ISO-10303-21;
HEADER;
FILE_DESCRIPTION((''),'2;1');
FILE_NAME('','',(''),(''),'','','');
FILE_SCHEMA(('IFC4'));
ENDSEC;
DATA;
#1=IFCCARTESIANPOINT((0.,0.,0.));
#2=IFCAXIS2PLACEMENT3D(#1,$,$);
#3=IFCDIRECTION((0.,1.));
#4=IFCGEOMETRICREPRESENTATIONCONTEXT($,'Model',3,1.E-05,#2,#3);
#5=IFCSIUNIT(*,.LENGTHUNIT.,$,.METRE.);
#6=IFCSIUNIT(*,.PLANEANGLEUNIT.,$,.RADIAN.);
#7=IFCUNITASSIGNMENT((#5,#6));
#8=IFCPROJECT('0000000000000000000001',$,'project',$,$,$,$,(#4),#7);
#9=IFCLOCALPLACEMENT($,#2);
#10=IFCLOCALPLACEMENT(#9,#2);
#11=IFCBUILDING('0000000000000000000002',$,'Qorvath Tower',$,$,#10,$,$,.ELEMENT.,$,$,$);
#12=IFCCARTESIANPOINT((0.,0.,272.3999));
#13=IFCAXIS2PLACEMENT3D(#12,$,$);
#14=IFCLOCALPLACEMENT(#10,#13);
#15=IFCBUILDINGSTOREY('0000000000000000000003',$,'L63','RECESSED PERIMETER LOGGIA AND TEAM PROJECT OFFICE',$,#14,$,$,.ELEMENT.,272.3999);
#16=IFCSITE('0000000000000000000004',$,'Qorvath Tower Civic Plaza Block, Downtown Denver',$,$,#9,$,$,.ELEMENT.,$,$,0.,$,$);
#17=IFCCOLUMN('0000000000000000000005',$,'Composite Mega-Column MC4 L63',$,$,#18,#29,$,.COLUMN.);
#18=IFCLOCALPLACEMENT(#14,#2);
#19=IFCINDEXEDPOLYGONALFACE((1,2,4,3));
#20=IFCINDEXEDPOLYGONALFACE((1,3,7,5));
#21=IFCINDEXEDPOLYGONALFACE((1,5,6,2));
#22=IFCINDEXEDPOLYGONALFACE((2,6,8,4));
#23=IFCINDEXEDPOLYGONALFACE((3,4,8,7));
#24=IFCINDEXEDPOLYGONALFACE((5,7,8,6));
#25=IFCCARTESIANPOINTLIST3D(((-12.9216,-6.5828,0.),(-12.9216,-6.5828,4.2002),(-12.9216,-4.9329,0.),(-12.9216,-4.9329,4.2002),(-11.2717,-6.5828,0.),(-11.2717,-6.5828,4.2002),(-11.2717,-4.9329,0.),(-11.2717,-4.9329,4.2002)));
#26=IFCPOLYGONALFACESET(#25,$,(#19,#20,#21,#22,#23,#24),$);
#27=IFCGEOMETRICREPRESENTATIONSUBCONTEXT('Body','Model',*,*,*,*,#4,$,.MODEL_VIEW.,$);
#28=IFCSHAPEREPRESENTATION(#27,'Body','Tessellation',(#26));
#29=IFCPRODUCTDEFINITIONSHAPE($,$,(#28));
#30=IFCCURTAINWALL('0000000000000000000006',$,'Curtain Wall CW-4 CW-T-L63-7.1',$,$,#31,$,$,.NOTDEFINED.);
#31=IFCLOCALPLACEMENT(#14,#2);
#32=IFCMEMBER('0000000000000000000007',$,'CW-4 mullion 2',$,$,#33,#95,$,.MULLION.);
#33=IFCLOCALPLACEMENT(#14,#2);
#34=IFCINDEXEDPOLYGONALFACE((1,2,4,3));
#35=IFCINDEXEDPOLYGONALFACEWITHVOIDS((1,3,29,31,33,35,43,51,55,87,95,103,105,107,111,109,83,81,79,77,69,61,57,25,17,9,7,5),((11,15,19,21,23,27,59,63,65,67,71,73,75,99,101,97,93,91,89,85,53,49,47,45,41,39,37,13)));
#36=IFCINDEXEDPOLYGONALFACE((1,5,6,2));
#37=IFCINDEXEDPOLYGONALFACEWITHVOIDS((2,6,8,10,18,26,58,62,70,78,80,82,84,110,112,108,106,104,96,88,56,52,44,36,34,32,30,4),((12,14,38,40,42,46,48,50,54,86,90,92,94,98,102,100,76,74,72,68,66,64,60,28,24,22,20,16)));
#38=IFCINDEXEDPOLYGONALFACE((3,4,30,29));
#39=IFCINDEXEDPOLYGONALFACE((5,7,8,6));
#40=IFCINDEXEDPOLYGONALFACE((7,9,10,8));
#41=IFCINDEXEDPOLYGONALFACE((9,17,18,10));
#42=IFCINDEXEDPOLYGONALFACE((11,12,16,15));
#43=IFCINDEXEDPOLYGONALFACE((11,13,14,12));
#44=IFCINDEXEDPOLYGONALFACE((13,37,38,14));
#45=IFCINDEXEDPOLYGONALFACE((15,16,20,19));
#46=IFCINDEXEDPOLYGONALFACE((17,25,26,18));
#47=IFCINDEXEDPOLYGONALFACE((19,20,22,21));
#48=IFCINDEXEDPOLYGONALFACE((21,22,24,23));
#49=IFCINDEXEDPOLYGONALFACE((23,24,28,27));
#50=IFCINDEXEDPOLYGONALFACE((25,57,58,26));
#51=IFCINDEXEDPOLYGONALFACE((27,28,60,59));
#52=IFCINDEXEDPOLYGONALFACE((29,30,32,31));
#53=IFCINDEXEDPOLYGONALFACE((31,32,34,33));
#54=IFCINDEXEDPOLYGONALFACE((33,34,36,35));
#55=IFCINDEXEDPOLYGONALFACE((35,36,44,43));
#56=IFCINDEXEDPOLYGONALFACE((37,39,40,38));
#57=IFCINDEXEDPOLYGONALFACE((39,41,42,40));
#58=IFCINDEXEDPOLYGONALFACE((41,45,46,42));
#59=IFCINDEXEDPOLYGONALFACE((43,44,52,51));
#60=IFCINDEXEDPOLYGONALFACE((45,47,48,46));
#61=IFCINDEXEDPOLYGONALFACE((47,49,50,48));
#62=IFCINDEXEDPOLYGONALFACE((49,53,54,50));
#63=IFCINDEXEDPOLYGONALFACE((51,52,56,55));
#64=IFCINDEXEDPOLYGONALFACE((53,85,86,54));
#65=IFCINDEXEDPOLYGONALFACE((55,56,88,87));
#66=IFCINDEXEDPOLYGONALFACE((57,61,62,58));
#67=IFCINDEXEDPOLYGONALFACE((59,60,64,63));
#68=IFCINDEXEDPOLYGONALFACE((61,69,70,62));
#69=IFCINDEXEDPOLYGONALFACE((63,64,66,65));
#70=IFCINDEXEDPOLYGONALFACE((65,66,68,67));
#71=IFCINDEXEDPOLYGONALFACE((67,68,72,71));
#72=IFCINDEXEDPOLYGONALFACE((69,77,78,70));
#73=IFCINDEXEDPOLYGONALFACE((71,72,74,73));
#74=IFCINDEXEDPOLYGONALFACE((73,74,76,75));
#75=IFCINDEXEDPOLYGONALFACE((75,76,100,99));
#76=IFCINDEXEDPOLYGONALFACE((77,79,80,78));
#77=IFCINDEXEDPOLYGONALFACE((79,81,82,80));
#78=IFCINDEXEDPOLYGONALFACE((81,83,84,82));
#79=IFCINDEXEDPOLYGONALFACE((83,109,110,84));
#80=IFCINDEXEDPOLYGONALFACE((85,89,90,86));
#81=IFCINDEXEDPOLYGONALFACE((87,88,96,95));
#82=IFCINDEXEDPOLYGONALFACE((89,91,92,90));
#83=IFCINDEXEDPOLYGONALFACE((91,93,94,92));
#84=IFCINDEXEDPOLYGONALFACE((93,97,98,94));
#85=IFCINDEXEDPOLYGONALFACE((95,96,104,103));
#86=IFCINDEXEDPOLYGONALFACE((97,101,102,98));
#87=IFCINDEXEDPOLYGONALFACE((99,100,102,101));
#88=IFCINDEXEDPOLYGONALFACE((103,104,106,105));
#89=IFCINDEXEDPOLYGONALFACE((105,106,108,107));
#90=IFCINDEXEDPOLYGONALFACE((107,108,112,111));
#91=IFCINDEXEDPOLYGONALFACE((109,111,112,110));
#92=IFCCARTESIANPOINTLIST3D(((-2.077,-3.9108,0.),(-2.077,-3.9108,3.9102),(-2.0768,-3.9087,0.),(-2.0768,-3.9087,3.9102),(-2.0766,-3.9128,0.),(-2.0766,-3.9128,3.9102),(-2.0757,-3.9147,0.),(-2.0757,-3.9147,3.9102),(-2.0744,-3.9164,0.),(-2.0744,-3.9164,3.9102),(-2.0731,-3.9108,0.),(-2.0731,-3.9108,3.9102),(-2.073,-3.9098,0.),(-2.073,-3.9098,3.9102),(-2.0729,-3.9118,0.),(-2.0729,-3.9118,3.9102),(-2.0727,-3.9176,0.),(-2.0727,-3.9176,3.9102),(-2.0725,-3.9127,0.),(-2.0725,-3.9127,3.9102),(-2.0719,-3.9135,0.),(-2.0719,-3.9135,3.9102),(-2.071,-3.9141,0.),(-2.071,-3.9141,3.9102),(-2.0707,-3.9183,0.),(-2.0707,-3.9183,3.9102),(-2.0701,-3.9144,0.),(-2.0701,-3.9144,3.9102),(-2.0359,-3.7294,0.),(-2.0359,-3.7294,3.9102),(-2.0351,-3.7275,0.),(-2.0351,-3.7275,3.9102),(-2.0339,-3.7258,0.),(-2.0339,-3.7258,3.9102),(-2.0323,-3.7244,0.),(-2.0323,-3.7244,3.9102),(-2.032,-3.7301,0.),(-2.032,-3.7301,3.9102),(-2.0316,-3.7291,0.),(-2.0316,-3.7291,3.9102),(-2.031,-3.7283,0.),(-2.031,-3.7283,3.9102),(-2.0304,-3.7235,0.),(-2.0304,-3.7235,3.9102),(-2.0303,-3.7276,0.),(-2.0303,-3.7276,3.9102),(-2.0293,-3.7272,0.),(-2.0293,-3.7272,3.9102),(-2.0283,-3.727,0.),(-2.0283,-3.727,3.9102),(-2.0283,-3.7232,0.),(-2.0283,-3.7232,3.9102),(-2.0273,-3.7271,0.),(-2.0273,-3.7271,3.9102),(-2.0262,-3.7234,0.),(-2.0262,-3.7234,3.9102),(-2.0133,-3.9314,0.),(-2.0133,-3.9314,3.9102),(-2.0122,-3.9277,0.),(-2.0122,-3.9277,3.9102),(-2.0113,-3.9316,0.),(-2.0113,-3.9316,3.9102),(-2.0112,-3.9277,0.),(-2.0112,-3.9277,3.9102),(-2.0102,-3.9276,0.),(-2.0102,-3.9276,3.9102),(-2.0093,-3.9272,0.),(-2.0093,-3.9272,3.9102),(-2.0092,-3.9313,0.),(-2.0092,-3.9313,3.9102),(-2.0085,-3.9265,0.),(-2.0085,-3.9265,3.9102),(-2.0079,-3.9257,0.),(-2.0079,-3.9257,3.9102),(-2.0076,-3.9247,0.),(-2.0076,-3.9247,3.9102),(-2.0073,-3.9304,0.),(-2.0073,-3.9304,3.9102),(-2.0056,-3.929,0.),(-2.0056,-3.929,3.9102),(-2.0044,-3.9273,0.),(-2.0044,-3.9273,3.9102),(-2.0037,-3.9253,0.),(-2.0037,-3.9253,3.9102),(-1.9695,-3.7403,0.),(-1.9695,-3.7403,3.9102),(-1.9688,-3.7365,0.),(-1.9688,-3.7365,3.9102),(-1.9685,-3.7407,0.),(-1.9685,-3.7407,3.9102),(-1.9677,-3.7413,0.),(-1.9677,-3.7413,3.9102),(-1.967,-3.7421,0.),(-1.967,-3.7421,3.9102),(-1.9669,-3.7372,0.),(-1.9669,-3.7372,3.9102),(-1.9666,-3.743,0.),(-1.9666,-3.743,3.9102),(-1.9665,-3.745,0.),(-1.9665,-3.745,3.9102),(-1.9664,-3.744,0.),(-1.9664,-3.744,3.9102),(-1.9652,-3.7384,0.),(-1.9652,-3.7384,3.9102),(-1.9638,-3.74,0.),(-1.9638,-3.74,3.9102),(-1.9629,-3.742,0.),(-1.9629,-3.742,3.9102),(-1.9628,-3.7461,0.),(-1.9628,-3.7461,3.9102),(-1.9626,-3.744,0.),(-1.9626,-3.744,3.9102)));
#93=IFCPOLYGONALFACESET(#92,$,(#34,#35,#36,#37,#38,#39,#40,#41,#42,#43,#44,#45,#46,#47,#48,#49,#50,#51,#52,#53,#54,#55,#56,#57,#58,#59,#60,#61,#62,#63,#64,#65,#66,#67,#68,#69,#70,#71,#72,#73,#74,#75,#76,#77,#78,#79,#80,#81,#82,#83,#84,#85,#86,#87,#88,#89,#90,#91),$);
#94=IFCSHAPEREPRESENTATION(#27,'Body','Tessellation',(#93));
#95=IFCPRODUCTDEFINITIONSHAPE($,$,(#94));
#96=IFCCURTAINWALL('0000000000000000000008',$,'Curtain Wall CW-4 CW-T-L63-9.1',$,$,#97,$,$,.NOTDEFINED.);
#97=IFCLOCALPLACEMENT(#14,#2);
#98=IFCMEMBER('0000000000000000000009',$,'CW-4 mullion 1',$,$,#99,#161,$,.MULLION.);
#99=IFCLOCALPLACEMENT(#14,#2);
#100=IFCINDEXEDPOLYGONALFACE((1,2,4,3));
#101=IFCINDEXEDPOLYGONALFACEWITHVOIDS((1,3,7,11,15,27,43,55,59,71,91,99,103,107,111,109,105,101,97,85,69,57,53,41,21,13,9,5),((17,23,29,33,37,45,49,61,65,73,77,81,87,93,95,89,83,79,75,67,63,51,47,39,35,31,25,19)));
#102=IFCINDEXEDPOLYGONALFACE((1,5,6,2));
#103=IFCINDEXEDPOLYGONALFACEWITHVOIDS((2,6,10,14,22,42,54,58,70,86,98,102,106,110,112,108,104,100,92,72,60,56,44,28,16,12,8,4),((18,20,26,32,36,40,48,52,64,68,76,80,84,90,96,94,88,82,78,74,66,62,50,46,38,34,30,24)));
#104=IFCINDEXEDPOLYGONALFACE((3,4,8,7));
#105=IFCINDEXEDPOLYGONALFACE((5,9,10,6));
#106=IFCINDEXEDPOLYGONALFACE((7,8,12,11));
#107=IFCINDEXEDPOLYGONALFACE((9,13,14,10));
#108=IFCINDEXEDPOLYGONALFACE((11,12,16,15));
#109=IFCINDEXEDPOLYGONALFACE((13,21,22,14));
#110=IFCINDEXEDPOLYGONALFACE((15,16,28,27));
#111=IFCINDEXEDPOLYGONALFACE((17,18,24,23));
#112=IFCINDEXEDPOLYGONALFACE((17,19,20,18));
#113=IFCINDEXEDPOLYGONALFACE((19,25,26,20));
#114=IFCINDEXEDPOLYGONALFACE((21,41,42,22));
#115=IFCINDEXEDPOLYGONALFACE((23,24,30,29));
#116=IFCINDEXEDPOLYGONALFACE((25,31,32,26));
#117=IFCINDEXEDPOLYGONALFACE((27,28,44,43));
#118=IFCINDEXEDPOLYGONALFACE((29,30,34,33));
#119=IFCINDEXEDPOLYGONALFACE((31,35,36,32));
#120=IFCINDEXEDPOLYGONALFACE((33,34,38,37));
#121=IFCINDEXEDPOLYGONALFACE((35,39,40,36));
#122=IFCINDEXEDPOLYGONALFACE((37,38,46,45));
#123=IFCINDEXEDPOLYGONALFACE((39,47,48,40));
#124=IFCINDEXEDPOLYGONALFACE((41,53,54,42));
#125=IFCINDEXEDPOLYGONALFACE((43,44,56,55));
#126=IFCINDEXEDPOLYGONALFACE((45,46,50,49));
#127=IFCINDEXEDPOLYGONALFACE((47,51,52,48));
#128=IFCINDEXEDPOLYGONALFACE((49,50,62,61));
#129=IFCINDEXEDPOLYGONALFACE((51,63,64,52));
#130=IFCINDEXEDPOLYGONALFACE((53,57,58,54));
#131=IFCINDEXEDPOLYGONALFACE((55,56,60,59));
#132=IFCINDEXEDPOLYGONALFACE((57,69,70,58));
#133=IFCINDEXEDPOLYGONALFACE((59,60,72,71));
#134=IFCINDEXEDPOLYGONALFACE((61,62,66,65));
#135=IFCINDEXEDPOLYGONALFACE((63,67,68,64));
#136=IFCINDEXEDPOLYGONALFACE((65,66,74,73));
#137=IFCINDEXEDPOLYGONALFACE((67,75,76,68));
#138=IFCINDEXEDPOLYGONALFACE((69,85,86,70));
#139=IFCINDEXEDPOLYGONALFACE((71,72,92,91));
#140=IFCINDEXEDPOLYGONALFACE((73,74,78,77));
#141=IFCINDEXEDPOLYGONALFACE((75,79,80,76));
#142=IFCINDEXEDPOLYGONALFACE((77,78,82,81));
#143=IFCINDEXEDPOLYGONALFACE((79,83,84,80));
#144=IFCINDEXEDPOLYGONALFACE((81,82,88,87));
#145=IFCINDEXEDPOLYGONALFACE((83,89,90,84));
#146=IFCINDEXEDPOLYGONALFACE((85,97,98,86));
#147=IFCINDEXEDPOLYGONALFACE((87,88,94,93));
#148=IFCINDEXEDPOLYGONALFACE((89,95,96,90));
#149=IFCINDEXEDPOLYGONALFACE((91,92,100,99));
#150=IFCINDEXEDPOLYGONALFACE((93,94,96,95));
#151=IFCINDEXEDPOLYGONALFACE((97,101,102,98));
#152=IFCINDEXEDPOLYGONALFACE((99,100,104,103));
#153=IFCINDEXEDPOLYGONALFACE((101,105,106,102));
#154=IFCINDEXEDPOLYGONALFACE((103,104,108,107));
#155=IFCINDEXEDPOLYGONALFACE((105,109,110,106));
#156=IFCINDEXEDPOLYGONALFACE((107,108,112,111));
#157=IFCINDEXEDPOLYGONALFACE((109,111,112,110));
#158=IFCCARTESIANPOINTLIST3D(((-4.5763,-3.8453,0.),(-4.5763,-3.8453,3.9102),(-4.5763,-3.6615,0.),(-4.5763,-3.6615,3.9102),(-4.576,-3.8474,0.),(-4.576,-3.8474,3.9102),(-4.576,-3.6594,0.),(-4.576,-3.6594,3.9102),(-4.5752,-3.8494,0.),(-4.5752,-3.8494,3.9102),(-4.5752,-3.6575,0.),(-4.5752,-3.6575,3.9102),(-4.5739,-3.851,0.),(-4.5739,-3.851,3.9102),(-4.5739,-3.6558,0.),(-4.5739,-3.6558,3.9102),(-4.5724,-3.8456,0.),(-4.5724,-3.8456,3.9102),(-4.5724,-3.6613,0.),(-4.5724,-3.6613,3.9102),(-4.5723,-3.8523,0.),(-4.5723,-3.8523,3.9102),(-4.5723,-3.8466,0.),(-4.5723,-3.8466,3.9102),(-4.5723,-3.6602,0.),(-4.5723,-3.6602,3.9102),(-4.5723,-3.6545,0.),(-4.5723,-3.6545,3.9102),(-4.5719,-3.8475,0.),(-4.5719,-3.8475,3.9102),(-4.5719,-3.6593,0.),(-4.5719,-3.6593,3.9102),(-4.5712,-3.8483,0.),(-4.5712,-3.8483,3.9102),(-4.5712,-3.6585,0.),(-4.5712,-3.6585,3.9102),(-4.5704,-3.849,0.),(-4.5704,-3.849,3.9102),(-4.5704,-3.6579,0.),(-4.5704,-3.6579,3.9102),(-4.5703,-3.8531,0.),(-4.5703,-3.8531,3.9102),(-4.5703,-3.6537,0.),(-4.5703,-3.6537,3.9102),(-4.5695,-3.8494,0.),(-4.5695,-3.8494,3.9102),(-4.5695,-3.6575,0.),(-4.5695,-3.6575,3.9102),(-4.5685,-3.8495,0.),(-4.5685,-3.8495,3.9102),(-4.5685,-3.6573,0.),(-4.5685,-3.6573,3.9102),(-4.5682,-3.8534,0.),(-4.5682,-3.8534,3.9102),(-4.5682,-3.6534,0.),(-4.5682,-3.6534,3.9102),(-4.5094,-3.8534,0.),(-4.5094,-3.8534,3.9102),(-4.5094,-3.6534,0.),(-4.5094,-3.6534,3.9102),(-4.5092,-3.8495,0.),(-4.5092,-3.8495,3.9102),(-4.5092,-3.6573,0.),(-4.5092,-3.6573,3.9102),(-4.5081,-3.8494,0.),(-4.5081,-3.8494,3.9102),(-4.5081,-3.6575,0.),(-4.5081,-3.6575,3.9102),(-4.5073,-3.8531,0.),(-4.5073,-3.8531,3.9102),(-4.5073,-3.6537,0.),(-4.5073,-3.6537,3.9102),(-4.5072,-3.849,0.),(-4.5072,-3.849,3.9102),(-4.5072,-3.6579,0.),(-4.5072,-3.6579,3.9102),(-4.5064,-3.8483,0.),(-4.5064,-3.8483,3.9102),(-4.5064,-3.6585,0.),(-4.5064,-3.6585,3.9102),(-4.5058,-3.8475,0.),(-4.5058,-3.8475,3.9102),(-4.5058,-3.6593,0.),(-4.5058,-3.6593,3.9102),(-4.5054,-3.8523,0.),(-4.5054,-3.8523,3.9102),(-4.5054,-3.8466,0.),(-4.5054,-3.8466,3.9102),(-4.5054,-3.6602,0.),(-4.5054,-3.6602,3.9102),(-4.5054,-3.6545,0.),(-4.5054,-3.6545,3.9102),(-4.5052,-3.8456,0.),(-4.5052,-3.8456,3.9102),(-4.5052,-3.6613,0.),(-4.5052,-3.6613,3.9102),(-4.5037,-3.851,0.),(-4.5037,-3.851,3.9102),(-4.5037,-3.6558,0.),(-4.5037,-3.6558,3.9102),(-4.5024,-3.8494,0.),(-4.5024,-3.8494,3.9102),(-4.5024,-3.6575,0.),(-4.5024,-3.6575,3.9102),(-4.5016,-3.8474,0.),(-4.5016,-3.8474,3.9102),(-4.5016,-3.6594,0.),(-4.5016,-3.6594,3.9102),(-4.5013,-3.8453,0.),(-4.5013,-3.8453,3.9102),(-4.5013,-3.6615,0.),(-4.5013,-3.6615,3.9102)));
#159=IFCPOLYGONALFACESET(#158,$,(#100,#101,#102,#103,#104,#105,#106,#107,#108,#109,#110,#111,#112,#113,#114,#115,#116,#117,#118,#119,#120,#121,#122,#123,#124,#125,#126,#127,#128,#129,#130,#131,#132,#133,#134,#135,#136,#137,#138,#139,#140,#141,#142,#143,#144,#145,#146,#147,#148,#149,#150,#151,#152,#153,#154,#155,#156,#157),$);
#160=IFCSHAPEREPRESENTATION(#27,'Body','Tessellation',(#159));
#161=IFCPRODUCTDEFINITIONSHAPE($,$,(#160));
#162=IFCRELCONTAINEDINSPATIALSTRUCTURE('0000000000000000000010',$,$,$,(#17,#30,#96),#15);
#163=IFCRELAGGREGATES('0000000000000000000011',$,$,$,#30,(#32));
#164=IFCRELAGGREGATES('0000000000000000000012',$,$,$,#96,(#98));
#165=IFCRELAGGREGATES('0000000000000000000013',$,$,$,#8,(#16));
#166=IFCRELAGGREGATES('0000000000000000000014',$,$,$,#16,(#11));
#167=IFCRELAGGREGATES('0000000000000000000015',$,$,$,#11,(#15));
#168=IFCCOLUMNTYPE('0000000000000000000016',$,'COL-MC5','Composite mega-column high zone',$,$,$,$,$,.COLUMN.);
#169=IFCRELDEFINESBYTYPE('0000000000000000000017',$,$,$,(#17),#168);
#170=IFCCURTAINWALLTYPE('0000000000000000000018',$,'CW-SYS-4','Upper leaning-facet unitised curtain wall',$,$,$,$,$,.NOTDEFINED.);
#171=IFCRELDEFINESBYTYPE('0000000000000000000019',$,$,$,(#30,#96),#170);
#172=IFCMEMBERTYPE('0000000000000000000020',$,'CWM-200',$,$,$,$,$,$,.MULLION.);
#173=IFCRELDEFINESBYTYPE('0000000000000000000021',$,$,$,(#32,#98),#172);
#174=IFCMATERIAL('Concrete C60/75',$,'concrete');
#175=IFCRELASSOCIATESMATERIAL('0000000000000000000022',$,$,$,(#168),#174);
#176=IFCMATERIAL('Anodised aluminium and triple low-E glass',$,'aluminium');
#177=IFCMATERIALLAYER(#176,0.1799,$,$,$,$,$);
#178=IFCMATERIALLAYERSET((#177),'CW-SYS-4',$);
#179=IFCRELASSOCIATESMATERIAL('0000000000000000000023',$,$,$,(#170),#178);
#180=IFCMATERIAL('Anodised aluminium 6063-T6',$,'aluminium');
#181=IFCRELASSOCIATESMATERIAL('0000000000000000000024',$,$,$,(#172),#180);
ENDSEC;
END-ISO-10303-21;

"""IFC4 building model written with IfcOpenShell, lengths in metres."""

from ifc_helpers import new_model, si_unit, direction, frame, origin, origin_2d, place, context, subcontext, project, spatial, rectangle, hollow_rectangle, extrude, material, layer, layer_set, material_profile, profile_set, type_object, element, aggregate, save


model = new_model("IFC4")

# Units and contexts
model_context = context("Model", 3, precision=1e-05, world=origin(), true_north=direction((0.0, 1.0)))
body_context = subcontext(model_context, "Body", "Model", "MODEL_VIEW")
ifc_project = project(units=[si_unit("LENGTHUNIT", "METRE"), si_unit("PLANEANGLEUNIT", "RADIAN")], contexts=[model_context])

# Site, building, storey
site_placement = place(None, origin())
site = spatial("IfcSite", under=ifc_project, at=site_placement, Name="Qorvath Tower Civic Plaza Block, Downtown Denver", CompositionType="ELEMENT", RefElevation=0.0)
building_placement = place(site_placement, origin())
building = spatial("IfcBuilding", under=site, at=building_placement, Name="Qorvath Tower", CompositionType="ELEMENT")
storey_placement = place(building_placement, frame((0.0, 0.0, 272.3999)))
storey = spatial("IfcBuildingStorey", under=building, at=storey_placement, Name="L63", Description="RECESSED PERIMETER LOGGIA AND TEAM PROJECT OFFICE", CompositionType="ELEMENT", Elevation=272.3999)

# Column
ifc_material_1 = material(Name="Concrete C60/75", Category="concrete")
ifc_material_profile_1 = material_profile(ifc_material_1, rectangle(XDim=1.6499, YDim=1.6499, at=origin_2d()), Name="MC 1650x1650")
ifc_profile_set_1 = profile_set([ifc_material_profile_1], Name="Concrete C60/75")
column_type = type_object("IfcColumnType", Name="COL-MC5", Description="Composite mega-column high zone", PredefinedType="COLUMN", material=ifc_profile_set_1)
column_placement = place(storey_placement, frame((-12.0967, -5.7578, 0.0), z_axis=(0.0, 0.0, 1.0), x_axis=(1.0, 0.0, 0.0)))
element("IfcColumn", 1, at=column_placement, inside=storey, type_object=column_type, Name="Composite Mega-Column MC4 L63", PredefinedType="COLUMN", context=body_context, shape_type="SweptSolid", body=[
    extrude(rectangle(XDim=1.6499, YDim=1.6499, at=origin_2d()), origin(), (0.0, 0.0, 1.0), 4.2002),
])

# Curtain wall, member
ifc_material_2 = material(Name="Anodised aluminium and triple low-E glass", Category="aluminium")
ifc_layer_1 = layer(ifc_material_2, 0.1799)
ifc_layer_set_1 = layer_set([ifc_layer_1], Name="CW-SYS-4")
curtain_wall_type = type_object("IfcCurtainWallType", Name="CW-SYS-4", Description="Upper leaning-facet unitised curtain wall", PredefinedType="NOTDEFINED", material=ifc_layer_set_1)
curtain_wall_1_placement = place(storey_placement, origin())
curtain_wall_1 = element("IfcCurtainWall", 2, at=curtain_wall_1_placement, inside=storey, type_object=curtain_wall_type, Name="Curtain Wall CW-4 CW-T-L63-7.1", PredefinedType="NOTDEFINED")
ifc_material_3 = material(Name="Anodised aluminium 6063-T6", Category="aluminium")
ifc_material_profile_2 = material_profile(ifc_material_3, hollow_rectangle(XDim=0.075, YDim=0.2, WallThickness=0.0039, InnerFilletRadius=0.0039, OuterFilletRadius=0.0081, at=origin_2d()), Name="CWM 200x75")
ifc_profile_set_2 = profile_set([ifc_material_profile_2], Name="Anodised aluminium 6063-T6")
member_type_1 = type_object("IfcMemberType", Name="CWM-200", PredefinedType="MULLION", material=ifc_profile_set_2)
member_1_placement = place(storey_placement, frame((-2.0198, -3.8274, 0.0), z_axis=(0.0, 0.0, 1.0), x_axis=(-0.974912, 0.222592, 0.0)))
member_1 = element("IfcMember", 3, at=member_1_placement, type_object=member_type_1, Name="CW-4 mullion 2", PredefinedType="MULLION", context=body_context, shape_type="SweptSolid", body=[
    extrude(hollow_rectangle(XDim=0.075, YDim=0.2, WallThickness=0.0039, InnerFilletRadius=0.0039, OuterFilletRadius=0.0081, at=origin_2d()), origin(), (0.0, 0.0, 1.0), 3.9102),
])

# Curtain wall, member
curtain_wall_2_placement = place(storey_placement, origin())
curtain_wall_2 = element("IfcCurtainWall", 4, at=curtain_wall_2_placement, inside=storey, type_object=curtain_wall_type, Name="Curtain Wall CW-4 CW-T-L63-9.1", PredefinedType="NOTDEFINED")
member_2_placement = place(storey_placement, frame((-4.5388, -3.7534, 0.0), z_axis=(0.0, 0.0, 1.0), x_axis=(-1.0, 0.0, 0.0)))
member_2 = element("IfcMember", 5, at=member_2_placement, type_object=member_type_1, Name="CW-4 mullion 1", PredefinedType="MULLION", context=body_context, shape_type="SweptSolid", body=[
    extrude(hollow_rectangle(XDim=0.075, YDim=0.2, WallThickness=0.0039, InnerFilletRadius=0.0039, OuterFilletRadius=0.0081, at=origin_2d()), origin(), (0.0, 0.0, 1.0), 3.9102),
])

aggregate(curtain_wall_1, [member_1])
aggregate(curtain_wall_2, [member_2])

save(model, "model.ifc")
